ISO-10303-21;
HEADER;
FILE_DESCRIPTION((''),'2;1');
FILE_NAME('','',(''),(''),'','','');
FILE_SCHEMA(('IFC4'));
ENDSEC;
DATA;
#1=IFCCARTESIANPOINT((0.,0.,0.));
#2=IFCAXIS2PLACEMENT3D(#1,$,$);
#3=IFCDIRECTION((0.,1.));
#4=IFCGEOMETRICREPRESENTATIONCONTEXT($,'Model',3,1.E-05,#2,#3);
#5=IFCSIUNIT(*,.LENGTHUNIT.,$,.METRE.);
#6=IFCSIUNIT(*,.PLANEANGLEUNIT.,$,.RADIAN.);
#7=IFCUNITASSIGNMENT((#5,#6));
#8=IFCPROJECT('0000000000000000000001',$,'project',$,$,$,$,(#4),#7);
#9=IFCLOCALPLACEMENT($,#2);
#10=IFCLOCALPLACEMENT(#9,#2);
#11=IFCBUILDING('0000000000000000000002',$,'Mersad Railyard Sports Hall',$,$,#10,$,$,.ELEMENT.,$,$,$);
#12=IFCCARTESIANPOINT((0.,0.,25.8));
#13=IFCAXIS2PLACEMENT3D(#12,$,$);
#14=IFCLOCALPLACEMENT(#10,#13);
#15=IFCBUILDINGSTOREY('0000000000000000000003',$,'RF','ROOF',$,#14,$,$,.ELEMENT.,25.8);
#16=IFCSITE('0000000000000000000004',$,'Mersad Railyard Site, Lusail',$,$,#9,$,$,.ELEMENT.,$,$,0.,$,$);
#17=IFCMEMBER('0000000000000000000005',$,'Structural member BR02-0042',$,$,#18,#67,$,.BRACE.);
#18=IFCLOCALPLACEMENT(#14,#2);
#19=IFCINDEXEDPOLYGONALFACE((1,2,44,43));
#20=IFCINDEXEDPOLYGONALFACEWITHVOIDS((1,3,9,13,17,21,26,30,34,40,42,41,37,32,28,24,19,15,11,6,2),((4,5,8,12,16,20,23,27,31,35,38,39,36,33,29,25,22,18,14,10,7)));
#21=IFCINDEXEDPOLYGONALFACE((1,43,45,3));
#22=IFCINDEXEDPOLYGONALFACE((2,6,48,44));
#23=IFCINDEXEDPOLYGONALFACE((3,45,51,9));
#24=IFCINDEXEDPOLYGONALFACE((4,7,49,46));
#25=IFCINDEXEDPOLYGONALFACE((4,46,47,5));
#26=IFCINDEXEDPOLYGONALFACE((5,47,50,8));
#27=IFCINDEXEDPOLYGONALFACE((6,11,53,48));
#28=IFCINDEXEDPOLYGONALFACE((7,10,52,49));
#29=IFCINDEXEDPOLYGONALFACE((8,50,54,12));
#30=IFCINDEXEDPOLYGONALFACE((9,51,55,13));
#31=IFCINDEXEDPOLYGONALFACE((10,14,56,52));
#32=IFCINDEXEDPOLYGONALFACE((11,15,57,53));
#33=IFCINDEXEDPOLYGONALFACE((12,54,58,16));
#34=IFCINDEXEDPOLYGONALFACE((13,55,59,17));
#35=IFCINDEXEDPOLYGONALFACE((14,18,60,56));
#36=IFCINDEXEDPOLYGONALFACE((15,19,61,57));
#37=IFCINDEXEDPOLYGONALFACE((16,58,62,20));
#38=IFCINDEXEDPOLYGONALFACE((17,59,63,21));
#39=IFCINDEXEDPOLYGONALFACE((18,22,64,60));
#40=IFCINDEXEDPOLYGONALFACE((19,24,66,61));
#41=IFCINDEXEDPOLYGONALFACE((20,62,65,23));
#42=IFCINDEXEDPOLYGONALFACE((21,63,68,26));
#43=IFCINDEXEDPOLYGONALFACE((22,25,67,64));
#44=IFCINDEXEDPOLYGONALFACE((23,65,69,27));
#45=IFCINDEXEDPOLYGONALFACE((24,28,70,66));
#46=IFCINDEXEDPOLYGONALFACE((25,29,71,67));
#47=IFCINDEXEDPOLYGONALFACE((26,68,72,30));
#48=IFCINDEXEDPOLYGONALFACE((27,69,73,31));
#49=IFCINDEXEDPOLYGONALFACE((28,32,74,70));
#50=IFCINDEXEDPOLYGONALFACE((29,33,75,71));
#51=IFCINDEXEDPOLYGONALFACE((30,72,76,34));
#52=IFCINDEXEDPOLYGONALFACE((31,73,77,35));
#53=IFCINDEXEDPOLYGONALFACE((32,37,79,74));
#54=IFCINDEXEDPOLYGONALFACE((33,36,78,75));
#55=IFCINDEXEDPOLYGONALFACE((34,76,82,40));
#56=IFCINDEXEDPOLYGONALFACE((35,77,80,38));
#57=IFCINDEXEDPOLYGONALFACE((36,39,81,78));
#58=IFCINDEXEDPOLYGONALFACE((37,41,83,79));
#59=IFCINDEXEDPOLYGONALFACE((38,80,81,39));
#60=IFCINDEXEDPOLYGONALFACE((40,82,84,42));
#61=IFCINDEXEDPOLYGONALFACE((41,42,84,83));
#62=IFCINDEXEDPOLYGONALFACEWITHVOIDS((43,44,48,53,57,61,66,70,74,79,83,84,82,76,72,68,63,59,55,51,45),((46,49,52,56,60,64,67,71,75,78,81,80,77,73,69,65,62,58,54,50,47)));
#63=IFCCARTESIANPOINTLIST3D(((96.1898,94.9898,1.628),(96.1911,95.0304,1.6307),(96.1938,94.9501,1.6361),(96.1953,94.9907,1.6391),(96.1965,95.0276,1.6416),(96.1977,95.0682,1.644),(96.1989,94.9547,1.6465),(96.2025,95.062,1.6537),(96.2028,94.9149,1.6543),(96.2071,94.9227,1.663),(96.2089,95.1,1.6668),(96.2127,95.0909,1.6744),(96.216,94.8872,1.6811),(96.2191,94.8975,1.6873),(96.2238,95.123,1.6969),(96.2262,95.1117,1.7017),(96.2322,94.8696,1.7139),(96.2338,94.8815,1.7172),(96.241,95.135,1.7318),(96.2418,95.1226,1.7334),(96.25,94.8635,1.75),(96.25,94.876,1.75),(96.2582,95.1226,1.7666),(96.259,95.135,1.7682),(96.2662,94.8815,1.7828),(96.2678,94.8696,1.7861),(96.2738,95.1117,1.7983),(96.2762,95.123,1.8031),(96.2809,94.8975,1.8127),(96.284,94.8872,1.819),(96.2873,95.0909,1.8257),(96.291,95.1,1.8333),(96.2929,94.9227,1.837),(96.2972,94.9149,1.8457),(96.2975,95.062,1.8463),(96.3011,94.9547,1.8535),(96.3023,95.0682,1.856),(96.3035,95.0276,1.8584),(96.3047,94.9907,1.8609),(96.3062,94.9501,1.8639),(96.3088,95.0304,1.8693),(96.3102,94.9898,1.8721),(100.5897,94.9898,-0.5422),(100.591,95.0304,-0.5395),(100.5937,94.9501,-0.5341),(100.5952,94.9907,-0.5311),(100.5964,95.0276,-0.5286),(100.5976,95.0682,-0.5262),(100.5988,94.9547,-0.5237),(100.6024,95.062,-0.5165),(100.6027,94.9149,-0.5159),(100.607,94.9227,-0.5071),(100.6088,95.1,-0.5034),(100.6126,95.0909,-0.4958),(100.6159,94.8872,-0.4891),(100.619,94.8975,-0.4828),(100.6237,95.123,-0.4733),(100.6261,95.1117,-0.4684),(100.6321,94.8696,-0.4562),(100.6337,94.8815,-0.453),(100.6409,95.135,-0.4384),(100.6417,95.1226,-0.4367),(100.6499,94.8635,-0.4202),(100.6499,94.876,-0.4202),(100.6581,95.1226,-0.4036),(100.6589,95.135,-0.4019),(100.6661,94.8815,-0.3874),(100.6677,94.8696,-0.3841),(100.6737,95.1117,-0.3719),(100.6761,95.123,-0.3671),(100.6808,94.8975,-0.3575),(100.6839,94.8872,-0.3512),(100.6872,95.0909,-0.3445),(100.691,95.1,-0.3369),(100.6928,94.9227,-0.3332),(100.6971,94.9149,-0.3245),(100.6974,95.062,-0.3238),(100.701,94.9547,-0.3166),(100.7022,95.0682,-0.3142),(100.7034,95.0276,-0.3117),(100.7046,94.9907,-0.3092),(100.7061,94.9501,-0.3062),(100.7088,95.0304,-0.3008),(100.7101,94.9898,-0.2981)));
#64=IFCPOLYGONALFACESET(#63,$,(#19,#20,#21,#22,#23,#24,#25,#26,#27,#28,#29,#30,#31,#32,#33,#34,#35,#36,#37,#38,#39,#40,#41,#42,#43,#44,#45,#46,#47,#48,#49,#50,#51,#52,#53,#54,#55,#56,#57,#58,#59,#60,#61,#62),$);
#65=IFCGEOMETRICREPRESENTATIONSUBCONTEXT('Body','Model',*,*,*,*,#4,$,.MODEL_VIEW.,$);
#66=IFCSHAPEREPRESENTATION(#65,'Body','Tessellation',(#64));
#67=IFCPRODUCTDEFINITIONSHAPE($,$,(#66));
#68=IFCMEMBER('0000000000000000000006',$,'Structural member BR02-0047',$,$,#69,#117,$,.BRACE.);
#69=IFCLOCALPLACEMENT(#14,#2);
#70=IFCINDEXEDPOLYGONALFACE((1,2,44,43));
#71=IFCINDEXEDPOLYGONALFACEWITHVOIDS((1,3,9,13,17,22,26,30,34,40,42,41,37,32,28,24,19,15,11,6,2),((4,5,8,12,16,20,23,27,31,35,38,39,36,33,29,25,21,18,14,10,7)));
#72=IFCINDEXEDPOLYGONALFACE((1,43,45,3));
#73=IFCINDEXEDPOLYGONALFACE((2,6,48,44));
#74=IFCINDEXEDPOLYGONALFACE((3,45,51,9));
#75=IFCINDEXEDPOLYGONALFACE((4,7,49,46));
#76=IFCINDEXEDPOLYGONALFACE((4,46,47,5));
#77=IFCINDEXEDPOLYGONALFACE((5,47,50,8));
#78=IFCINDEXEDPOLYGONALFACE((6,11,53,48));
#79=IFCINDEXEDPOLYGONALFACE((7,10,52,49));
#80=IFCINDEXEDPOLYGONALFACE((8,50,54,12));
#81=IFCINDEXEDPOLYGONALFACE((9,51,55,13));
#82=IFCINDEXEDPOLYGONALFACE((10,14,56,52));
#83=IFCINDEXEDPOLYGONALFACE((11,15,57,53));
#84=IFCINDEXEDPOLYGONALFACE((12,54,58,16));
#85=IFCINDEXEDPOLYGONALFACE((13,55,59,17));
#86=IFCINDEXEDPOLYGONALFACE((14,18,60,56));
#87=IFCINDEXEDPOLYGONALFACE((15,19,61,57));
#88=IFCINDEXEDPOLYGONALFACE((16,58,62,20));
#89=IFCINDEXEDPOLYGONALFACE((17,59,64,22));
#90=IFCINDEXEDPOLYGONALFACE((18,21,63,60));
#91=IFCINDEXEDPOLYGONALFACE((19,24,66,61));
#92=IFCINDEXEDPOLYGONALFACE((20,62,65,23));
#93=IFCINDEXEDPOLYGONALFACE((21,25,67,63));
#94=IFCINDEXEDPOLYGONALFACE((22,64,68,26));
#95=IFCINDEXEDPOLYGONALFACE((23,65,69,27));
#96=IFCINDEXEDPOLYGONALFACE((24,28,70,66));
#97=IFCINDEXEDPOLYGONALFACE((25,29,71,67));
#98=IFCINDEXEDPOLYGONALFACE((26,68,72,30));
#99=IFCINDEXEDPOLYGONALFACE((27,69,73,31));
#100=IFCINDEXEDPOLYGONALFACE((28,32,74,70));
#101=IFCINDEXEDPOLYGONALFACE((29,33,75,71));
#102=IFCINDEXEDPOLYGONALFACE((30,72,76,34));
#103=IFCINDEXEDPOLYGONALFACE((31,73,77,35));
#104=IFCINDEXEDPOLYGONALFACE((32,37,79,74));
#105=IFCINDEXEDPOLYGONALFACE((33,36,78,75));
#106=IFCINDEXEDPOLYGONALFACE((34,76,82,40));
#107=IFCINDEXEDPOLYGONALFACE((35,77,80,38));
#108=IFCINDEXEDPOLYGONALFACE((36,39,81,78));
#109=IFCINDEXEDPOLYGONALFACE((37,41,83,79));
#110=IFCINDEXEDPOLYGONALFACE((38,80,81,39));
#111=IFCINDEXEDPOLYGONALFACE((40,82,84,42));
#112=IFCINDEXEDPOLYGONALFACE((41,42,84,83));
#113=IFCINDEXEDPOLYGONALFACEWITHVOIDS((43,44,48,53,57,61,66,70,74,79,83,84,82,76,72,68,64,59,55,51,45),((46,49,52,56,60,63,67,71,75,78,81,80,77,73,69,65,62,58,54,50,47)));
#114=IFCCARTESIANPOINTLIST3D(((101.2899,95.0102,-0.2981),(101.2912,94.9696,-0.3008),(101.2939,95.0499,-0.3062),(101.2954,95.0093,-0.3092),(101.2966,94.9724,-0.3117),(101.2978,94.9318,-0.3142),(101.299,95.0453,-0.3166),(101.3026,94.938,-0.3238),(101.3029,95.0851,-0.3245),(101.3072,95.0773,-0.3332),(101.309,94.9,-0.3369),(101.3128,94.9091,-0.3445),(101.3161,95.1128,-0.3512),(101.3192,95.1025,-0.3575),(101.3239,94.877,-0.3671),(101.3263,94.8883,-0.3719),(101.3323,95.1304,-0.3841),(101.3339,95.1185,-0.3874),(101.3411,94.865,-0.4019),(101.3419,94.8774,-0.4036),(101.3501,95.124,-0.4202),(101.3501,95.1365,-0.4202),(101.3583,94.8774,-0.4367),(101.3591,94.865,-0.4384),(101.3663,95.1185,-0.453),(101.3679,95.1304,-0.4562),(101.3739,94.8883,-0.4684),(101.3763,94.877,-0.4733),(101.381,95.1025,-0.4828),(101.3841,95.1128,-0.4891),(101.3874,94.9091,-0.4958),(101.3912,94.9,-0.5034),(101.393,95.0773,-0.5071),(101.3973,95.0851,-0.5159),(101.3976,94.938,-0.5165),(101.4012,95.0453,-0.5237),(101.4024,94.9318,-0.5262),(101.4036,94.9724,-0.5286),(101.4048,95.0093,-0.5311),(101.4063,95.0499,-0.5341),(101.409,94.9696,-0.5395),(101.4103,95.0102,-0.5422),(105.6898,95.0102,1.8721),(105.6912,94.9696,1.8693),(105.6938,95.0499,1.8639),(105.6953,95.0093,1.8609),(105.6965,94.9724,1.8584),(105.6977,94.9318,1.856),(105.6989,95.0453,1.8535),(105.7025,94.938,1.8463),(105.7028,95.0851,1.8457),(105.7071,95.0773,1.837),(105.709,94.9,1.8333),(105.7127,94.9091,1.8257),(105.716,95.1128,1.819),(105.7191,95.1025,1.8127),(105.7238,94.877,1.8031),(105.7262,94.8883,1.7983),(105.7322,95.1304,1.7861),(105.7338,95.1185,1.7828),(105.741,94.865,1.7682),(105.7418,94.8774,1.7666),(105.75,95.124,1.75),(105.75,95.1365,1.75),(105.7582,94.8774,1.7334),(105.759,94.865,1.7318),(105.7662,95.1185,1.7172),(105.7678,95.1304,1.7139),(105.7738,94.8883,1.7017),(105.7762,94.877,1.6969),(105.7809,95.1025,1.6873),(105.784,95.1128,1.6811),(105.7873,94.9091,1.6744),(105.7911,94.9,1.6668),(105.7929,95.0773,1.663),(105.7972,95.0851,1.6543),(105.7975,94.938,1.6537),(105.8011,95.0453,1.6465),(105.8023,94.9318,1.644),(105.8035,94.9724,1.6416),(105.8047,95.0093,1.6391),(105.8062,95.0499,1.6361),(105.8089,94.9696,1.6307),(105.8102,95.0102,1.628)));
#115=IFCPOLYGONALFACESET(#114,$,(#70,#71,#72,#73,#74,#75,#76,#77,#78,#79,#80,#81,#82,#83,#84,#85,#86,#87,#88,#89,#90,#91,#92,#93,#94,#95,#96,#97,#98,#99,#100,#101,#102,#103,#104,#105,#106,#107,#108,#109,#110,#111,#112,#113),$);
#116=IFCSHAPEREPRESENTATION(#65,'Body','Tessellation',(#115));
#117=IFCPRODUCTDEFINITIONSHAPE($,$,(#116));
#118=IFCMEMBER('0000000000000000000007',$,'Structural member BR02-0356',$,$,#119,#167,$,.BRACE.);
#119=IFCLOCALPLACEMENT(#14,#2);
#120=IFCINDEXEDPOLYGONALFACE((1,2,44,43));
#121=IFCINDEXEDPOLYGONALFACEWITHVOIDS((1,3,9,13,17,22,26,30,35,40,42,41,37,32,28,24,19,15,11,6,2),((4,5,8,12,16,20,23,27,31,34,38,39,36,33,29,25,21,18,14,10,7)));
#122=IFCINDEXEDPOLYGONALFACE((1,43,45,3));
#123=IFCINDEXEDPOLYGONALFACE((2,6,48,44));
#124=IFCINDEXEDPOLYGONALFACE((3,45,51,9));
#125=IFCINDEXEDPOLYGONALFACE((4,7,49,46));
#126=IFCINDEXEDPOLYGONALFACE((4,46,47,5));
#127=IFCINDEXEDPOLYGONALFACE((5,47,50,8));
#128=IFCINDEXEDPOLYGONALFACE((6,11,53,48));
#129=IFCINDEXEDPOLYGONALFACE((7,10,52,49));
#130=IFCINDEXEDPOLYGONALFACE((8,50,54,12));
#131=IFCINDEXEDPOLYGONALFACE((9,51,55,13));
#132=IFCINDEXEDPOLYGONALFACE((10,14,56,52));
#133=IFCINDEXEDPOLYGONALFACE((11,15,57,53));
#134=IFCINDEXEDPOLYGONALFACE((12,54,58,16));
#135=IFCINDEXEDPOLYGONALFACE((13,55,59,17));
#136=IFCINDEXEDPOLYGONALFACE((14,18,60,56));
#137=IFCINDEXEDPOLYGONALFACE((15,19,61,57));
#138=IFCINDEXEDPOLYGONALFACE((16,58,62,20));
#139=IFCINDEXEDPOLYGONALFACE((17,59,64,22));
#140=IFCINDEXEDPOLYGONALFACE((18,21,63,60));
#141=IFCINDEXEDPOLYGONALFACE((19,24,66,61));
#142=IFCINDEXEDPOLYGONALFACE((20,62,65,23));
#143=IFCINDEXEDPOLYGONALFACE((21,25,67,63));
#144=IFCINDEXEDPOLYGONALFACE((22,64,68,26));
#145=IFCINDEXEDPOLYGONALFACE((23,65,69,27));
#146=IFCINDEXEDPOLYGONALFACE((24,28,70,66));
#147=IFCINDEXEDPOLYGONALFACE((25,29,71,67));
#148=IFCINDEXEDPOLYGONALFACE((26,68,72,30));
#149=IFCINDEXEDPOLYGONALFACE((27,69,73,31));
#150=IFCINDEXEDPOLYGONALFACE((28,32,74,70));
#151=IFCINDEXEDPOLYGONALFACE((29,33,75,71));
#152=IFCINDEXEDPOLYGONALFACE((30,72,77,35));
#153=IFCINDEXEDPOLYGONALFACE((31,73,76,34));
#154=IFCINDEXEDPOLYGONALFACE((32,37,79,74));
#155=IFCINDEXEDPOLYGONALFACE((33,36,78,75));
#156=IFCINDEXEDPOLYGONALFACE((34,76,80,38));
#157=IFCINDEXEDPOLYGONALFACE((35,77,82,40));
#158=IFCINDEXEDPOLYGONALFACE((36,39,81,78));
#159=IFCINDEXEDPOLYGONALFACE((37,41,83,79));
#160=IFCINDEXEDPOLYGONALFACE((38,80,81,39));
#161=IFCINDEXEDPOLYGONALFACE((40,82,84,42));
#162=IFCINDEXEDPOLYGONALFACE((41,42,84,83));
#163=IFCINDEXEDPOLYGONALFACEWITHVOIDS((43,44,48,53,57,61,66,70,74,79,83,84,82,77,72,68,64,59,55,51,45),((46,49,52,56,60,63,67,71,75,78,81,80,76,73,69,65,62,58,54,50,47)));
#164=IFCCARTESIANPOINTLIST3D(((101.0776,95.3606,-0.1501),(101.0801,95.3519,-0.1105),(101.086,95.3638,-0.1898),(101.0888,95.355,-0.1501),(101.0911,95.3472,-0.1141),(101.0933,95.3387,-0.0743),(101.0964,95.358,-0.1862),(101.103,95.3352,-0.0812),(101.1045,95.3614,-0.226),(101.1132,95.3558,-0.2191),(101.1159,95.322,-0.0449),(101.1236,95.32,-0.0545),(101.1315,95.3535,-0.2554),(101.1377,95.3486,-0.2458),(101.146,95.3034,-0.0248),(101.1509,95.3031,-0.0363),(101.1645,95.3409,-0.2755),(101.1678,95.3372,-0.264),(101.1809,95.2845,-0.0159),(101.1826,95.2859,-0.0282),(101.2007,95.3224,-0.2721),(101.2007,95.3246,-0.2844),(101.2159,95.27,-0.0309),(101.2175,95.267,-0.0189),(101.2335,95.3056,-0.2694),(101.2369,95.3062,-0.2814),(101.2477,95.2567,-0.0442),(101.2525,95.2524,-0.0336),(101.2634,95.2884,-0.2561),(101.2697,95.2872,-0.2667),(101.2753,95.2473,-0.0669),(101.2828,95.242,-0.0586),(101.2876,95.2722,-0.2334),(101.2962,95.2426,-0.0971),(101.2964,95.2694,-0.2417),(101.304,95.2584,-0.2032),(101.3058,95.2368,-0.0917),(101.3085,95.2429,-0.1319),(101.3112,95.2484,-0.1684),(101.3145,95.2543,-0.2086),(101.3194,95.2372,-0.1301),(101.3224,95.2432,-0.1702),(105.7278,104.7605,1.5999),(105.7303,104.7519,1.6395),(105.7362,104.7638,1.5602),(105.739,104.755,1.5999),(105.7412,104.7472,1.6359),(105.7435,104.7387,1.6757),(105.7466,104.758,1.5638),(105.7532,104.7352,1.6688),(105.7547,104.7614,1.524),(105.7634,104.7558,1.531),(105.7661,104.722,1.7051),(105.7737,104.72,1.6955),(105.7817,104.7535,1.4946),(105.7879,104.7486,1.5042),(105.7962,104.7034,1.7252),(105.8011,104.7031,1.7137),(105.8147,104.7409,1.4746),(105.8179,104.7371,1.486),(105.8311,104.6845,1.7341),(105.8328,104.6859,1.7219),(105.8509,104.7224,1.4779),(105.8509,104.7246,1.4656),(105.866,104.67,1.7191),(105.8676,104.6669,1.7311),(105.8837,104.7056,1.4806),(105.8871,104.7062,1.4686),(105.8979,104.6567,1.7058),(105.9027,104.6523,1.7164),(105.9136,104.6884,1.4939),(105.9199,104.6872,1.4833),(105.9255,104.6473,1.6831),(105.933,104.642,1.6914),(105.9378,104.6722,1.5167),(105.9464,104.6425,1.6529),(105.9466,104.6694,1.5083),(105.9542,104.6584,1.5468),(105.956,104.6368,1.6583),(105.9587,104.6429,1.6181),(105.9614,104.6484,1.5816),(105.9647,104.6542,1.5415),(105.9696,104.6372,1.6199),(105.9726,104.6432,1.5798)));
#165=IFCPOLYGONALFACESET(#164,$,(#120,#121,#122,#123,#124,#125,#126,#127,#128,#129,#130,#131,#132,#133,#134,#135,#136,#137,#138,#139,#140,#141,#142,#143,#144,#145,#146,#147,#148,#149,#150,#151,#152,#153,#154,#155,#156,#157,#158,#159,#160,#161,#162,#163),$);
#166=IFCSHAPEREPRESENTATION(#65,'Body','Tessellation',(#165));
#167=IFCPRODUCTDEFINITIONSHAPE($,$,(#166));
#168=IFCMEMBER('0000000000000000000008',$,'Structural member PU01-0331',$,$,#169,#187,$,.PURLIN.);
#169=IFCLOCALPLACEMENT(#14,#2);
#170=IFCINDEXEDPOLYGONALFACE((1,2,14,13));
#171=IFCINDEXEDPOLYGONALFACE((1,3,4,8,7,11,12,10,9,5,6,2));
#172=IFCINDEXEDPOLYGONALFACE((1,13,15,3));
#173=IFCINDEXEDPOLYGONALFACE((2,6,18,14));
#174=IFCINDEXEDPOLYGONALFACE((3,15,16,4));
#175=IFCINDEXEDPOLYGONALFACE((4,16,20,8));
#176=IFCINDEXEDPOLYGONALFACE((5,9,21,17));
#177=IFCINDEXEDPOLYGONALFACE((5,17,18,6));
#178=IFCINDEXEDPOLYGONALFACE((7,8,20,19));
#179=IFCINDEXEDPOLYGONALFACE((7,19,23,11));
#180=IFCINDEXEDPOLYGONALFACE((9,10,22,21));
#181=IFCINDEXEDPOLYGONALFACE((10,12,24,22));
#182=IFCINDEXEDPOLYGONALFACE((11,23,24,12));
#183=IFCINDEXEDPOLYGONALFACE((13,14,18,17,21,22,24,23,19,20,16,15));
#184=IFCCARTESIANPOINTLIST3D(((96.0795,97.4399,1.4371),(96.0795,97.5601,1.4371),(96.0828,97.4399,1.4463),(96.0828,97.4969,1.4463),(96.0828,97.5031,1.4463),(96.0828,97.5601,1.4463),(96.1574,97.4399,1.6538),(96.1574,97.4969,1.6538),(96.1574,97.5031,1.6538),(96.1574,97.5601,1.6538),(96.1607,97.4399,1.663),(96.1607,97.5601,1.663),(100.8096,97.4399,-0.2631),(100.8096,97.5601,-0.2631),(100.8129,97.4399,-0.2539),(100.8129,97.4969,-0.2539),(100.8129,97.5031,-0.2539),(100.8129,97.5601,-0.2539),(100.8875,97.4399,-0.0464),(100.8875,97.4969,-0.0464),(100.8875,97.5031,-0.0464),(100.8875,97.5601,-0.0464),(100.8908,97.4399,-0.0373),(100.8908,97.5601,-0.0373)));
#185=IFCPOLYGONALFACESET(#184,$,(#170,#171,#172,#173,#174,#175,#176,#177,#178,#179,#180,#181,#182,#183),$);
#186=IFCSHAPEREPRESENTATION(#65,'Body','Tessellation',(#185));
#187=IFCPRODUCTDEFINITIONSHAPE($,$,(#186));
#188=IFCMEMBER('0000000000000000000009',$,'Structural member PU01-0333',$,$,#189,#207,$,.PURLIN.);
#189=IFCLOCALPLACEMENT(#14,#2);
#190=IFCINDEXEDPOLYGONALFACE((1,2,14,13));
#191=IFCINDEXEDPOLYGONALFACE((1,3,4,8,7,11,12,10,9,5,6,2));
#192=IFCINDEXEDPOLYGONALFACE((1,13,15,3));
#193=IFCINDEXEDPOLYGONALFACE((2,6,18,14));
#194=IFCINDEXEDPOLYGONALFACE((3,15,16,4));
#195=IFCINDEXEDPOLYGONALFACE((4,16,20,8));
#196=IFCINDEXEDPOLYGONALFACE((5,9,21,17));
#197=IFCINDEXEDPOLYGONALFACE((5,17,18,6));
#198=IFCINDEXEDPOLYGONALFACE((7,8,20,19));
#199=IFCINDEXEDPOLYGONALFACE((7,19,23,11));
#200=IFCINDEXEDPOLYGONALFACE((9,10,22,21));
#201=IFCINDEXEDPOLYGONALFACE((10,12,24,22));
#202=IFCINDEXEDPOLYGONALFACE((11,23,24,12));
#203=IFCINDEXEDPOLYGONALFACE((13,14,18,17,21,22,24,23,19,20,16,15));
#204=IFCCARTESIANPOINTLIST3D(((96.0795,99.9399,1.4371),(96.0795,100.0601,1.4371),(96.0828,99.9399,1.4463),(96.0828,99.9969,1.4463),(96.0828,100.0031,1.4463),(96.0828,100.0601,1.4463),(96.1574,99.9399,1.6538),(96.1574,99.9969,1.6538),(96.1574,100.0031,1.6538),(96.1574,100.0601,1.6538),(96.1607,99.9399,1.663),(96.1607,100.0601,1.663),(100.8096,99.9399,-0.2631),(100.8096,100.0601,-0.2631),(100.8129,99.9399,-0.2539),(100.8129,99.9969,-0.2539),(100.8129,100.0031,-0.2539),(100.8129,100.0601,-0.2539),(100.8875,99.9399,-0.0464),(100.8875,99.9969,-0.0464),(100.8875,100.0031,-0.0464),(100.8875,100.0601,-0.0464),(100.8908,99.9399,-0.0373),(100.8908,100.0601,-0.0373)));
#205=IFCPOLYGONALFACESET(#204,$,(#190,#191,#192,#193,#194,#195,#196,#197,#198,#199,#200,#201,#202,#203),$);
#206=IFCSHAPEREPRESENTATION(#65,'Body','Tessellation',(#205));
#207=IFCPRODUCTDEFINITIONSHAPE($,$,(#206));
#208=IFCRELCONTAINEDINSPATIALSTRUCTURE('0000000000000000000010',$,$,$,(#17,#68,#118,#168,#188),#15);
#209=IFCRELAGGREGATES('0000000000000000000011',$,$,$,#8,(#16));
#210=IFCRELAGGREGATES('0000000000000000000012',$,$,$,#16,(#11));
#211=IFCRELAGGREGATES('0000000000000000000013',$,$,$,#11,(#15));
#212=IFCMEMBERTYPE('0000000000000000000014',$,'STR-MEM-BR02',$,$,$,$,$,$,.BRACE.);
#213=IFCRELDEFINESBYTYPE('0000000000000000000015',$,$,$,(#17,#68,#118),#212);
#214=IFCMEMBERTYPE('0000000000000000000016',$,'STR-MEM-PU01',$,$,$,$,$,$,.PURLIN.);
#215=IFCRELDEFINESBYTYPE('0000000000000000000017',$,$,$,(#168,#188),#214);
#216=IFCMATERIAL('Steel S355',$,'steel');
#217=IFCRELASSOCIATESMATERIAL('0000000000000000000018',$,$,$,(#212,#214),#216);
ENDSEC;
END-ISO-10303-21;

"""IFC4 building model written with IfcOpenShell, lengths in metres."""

from ifc_helpers import new_model, si_unit, direction, frame, origin, origin_2d, place, context, subcontext, project, spatial, hollow_circle, i_section, extrude, material, material_profile, profile_set, type_object, element, save


model = new_model("IFC4")

# Units and contexts
model_context = context("Model", 3, precision=1e-05, world=origin(), true_north=direction((0.0, 1.0)))
body_context = subcontext(model_context, "Body", "Model", "MODEL_VIEW")
ifc_project = project(units=[si_unit("LENGTHUNIT", "METRE"), si_unit("PLANEANGLEUNIT", "RADIAN")], contexts=[model_context])

# Site, building, storey
site_placement = place(None, origin())
site = spatial("IfcSite", under=ifc_project, at=site_placement, Name="Mersad Railyard Site, Lusail", CompositionType="ELEMENT", RefElevation=0.0)
building_placement = place(site_placement, origin())
building = spatial("IfcBuilding", under=site, at=building_placement, Name="Mersad Railyard Sports Hall", CompositionType="ELEMENT")
storey_placement = place(building_placement, frame((0.0, 0.0, 25.8)))
storey = spatial("IfcBuildingStorey", under=building, at=storey_placement, Name="RF", Description="ROOF", CompositionType="ELEMENT", Elevation=25.8)

# Shared definitions
ifc_material_1 = material(Name="Steel S355", Category="steel")

# Members
ifc_material_profile_1 = material_profile(ifc_material_1, hollow_circle(Radius=0.1365, WallThickness=0.0125, at=origin_2d()), Name="CHS 273x12.5")
ifc_profile_set_1 = profile_set([ifc_material_profile_1], Name="Steel S355")
member_type_1 = type_object("IfcMemberType", Name="STR-MEM-BR02", PredefinedType="BRACE", material=ifc_profile_set_1)
for number, where, z_axis, x_axis, name in (
    (1, (100.6499, 95.0, -0.4202), (-0.896842, 0.0, 0.44235), (0.0, -1.0, 0.0), "Structural member BR02-0042"),
    (2, (101.3501, 95.0, -0.4202), (0.896842, 0.0, 0.44235), (0.0, 1.0, 0.0), "Structural member BR02-0047"),
):
    element("IfcMember", number, at=place(storey_placement, frame(where, z_axis=z_axis, x_axis=x_axis)), inside=storey, type_object=member_type_1, Name=name, PredefinedType="BRACE", context=body_context, shape_type="SweptSolid", body=[
        extrude(hollow_circle(Radius=0.1365, WallThickness=0.0125, at=origin_2d()), origin(), (0.0, 0.0, 1.0), 4.906),
    ])
member_placement = place(storey_placement, frame((101.2, 95.3, -0.1501), z_axis=(0.437363, 0.884094, 0.164594), x_axis=(-0.896319, 0.44341, 0.0)))
element("IfcMember", 3, at=member_placement, inside=storey, type_object=member_type_1, Name="Structural member BR02-0356", PredefinedType="BRACE", context=body_context, shape_type="SweptSolid", body=[
    extrude(hollow_circle(Radius=0.1365, WallThickness=0.0125, at=origin_2d()), origin(), (0.0, 0.0, 1.0), 10.6323),
])
ifc_material_profile_2 = material_profile(ifc_material_1, i_section(OverallWidth=0.1201, OverallDepth=0.24, WebThickness=0.0061, FlangeThickness=0.0098, at=origin_2d()), Name="IPE 240")
ifc_profile_set_2 = profile_set([ifc_material_profile_2], Name="Steel S355")
member_type_2 = type_object("IfcMemberType", Name="STR-MEM-PU01", PredefinedType="PURLIN", material=ifc_profile_set_2)
for number, where, z_axis, x_axis, name in (
    (4, (96.1201, 97.5, 1.55), (0.941052, 0.0, -0.338262), (0.0, 1.0, 0.0), "Structural member PU01-0331"),
    (5, (96.1201, 100.0, 1.55), (0.941052, 0.0, -0.338262), (0.0, 1.0, 0.0), "Structural member PU01-0333"),
):
    element("IfcMember", number, at=place(storey_placement, frame(where, z_axis=z_axis, x_axis=x_axis)), inside=storey, type_object=member_type_2, Name=name, PredefinedType="PURLIN", context=body_context, shape_type="SweptSolid", body=[
        extrude(i_section(OverallWidth=0.1201, OverallDepth=0.24, WebThickness=0.0061, FlangeThickness=0.0098, at=origin_2d()), origin(), (0.0, 0.0, 1.0), 5.0264),
    ])

save(model, "model.ifc")
